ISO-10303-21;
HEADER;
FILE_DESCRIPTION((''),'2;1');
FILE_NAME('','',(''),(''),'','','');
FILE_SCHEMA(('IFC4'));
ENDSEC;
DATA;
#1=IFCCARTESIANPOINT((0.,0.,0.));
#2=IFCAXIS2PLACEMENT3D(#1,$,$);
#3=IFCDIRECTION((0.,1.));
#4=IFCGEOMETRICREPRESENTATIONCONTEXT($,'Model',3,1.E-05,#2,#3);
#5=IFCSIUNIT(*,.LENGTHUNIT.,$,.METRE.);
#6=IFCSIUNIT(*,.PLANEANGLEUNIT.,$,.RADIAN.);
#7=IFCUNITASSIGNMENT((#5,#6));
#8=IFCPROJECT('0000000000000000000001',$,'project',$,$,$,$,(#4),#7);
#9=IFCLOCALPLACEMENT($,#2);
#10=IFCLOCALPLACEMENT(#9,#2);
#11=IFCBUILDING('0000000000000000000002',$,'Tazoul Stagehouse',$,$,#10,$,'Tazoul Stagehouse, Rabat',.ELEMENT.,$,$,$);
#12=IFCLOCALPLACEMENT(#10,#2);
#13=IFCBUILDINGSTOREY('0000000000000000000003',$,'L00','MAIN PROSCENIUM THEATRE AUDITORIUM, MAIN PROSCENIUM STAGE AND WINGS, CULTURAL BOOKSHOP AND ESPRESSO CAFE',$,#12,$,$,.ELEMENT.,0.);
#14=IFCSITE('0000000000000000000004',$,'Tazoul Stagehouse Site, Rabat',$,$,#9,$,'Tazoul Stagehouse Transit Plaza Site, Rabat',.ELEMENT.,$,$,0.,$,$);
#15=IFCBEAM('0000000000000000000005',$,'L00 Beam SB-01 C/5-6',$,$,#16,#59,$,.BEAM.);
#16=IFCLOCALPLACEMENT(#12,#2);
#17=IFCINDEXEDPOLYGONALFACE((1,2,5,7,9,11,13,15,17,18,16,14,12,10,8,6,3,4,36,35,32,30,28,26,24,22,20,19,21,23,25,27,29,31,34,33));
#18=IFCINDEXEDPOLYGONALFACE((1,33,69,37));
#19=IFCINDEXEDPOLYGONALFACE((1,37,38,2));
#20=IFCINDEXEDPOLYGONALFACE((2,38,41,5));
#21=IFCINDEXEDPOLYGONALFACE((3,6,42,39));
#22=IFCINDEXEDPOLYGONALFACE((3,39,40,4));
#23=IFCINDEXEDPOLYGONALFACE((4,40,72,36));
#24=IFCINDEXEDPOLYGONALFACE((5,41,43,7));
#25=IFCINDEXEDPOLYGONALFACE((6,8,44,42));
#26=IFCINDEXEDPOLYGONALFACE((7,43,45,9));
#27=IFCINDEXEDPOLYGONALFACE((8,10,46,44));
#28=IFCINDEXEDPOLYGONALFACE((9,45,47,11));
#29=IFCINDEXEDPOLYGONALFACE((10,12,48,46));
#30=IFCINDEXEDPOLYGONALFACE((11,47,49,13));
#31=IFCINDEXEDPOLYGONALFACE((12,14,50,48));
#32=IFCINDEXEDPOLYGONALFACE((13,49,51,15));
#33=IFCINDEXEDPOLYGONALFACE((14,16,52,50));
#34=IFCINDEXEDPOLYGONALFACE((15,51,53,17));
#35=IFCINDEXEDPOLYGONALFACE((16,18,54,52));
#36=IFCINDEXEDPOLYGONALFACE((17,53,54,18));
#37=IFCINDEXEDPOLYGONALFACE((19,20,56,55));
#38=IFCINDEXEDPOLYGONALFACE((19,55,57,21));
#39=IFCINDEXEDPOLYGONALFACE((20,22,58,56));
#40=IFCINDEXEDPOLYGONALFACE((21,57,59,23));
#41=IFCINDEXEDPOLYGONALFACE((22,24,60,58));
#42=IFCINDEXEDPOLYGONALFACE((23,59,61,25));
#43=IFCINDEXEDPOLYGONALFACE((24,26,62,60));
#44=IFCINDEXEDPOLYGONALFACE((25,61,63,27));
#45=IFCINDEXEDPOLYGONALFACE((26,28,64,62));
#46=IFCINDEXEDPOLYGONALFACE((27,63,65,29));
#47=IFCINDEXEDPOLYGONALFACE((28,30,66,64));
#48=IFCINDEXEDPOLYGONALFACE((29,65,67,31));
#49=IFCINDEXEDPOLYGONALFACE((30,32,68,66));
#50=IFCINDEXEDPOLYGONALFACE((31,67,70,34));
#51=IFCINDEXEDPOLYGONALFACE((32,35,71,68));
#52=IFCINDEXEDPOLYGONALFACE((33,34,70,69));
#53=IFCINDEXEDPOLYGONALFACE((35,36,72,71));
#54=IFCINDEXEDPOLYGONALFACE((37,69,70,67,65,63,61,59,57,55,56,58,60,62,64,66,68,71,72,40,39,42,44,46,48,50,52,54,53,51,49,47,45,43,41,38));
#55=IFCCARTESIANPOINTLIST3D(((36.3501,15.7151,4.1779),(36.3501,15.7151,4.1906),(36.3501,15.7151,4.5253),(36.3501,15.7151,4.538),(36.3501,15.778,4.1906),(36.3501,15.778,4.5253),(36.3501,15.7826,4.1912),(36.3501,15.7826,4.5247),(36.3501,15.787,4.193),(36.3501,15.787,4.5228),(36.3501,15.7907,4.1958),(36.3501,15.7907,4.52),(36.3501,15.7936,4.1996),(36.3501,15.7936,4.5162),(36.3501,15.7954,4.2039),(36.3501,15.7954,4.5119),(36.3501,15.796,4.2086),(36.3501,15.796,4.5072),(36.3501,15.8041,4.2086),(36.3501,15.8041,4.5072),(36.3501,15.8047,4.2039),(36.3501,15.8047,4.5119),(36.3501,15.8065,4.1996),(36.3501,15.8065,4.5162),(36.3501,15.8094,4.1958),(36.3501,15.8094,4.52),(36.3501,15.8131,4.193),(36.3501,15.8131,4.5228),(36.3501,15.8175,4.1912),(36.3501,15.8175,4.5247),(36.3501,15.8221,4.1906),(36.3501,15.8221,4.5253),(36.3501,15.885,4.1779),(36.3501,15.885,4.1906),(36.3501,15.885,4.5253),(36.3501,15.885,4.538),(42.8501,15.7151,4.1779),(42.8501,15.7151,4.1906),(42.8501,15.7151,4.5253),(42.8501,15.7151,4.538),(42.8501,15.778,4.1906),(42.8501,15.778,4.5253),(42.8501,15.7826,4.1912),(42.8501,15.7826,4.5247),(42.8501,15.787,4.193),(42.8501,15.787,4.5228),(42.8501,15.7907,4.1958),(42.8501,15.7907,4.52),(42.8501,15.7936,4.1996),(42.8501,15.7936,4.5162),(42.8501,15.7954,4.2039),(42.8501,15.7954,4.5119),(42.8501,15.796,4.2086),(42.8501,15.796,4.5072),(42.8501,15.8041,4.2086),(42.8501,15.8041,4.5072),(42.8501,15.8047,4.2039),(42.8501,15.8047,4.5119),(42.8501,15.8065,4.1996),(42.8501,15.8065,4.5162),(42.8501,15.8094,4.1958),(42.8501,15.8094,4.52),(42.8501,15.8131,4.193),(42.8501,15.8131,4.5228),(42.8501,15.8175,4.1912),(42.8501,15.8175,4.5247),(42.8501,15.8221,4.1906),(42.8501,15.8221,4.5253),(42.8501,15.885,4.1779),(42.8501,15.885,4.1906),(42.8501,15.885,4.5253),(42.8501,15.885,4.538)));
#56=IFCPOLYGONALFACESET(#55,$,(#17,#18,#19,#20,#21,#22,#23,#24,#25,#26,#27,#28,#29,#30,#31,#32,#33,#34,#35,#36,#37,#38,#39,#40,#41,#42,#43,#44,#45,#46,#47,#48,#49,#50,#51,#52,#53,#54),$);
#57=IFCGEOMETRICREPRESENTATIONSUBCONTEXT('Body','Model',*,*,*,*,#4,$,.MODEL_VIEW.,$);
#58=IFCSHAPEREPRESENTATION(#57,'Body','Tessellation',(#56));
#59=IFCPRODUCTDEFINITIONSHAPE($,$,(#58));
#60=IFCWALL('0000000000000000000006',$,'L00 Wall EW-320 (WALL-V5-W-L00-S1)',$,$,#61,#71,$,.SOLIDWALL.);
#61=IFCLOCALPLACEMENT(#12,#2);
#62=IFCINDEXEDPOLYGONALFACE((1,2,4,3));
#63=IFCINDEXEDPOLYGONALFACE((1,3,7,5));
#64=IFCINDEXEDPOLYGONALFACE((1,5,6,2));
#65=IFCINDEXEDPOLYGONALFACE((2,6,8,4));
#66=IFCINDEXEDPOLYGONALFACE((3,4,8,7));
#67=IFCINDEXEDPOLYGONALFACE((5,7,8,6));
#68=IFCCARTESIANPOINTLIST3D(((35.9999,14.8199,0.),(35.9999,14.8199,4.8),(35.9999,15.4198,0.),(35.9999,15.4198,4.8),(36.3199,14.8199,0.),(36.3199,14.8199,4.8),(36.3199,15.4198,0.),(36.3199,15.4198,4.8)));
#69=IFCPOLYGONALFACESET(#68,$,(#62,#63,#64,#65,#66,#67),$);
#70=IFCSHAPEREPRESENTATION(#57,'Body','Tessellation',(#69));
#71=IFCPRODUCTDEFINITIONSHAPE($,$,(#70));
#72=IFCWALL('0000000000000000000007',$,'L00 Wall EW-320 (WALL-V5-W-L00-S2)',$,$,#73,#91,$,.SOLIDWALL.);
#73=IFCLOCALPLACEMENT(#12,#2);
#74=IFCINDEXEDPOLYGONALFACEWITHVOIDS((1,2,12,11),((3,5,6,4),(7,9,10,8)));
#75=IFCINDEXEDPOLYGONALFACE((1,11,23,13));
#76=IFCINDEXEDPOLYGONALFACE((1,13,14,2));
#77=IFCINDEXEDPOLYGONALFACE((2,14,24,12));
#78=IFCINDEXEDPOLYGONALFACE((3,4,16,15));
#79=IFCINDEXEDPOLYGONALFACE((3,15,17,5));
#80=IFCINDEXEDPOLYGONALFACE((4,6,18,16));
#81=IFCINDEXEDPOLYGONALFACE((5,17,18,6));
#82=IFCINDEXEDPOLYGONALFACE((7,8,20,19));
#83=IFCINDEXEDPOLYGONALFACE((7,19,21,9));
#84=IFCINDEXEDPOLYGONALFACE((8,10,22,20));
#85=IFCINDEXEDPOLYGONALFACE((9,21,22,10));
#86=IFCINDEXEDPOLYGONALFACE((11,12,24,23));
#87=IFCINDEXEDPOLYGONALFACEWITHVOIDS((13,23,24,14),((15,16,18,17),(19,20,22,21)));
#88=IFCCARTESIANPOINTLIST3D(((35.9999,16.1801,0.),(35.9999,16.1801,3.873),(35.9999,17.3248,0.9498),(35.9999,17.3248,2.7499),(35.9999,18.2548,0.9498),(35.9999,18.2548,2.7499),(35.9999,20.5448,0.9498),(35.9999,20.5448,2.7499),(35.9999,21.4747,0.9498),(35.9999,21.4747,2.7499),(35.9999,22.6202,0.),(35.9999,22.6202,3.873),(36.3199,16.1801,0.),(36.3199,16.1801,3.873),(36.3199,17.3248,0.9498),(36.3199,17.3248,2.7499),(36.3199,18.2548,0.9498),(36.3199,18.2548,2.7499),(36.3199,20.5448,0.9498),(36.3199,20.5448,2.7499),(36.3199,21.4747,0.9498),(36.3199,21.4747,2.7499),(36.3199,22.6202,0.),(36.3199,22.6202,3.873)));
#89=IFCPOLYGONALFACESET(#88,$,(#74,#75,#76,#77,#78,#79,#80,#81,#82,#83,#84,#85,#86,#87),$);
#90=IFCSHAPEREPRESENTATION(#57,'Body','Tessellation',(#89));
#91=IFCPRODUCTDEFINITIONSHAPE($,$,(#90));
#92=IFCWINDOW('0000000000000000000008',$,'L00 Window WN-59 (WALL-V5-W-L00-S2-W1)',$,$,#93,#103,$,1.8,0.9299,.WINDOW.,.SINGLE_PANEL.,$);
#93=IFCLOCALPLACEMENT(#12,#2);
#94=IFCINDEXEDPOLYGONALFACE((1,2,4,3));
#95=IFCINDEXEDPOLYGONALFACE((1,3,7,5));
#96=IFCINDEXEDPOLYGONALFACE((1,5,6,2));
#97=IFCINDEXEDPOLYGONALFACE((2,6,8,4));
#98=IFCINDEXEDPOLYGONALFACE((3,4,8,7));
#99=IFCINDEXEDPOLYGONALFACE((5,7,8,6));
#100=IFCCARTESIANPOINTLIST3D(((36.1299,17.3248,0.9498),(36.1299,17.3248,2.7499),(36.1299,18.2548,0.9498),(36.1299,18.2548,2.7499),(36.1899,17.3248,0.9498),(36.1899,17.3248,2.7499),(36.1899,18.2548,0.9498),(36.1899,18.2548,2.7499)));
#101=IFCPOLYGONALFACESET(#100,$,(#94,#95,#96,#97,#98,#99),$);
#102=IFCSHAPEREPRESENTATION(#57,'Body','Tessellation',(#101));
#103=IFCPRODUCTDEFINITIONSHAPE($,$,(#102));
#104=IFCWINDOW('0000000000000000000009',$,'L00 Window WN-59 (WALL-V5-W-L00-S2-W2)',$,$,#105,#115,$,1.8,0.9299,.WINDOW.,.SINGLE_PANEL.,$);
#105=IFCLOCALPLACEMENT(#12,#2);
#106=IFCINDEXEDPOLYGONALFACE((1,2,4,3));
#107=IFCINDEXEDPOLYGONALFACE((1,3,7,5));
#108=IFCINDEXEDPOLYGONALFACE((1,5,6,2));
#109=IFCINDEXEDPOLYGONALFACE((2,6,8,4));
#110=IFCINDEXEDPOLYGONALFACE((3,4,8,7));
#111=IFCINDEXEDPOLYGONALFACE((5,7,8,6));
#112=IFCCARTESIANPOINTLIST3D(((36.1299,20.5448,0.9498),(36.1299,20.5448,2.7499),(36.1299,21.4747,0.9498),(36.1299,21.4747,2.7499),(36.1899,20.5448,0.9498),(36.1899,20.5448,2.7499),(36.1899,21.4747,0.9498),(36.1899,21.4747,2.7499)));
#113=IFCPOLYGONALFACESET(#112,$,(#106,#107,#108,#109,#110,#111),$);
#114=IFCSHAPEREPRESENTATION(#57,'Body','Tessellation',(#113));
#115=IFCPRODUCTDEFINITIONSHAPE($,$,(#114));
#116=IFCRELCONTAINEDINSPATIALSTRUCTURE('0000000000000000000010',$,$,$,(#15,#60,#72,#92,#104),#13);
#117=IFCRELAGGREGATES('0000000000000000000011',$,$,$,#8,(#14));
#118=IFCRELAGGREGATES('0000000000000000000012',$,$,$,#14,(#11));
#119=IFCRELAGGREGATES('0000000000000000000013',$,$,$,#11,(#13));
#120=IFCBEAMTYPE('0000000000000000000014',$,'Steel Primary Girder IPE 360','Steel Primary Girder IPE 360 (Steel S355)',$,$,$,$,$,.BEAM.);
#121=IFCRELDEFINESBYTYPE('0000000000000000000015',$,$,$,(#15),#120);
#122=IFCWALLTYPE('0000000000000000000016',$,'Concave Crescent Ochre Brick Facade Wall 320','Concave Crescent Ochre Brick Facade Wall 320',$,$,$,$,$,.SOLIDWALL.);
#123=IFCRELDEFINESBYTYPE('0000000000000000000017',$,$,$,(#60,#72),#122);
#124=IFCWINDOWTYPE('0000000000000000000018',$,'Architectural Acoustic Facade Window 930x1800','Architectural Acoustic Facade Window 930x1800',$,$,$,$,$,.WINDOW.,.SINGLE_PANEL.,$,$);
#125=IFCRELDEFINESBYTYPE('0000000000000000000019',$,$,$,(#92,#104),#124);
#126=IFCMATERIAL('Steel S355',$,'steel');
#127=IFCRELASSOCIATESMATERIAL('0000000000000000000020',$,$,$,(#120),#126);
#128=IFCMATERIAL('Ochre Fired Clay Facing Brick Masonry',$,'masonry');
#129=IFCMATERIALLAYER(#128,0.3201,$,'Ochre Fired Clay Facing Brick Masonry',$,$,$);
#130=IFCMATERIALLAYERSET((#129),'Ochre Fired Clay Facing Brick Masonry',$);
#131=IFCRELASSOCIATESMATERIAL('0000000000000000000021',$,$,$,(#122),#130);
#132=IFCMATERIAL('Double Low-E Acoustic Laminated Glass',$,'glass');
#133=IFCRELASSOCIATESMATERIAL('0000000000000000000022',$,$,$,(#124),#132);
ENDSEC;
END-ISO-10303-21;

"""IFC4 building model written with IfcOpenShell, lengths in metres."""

from ifc_helpers import new_model, si_unit, direction, frame, frame_2d, origin, origin_2d, place, context, subcontext, project, spatial, rectangle, i_section, extrude, material, layer, layer_set, material_profile, profile_set, type_object, element, fill, save


model = new_model("IFC4")

# Units and contexts
model_context = context("Model", 3, precision=1e-05, world=origin(), true_north=direction((0.0, 1.0)))
body_context = subcontext(model_context, "Body", "Model", "MODEL_VIEW")
ifc_project = project(units=[si_unit("LENGTHUNIT", "METRE"), si_unit("PLANEANGLEUNIT", "RADIAN")], contexts=[model_context])

# Site, building, storey
site_placement = place(None, origin())
site = spatial("IfcSite", under=ifc_project, at=site_placement, Name="Tazoul Stagehouse Site, Rabat", LongName="Tazoul Stagehouse Transit Plaza Site, Rabat", CompositionType="ELEMENT", RefElevation=0.0)
building_placement = place(site_placement, origin())
building = spatial("IfcBuilding", under=site, at=building_placement, Name="Tazoul Stagehouse", LongName="Tazoul Stagehouse, Rabat", CompositionType="ELEMENT")
storey_placement = place(building_placement, origin())
storey = spatial("IfcBuildingStorey", under=building, at=storey_placement, Name="L00", Description="MAIN PROSCENIUM THEATRE AUDITORIUM, MAIN PROSCENIUM STAGE AND WINGS, CULTURAL BOOKSHOP AND ESPRESSO CAFE", CompositionType="ELEMENT", Elevation=0.0)

# Beam
ifc_material_1 = material(Name="Steel S355", Category="steel")
ifc_material_profile_1 = material_profile(ifc_material_1, i_section(OverallWidth=0.1699, OverallDepth=0.3601, WebThickness=0.0081, FlangeThickness=0.0127, FilletRadius=0.0181, at=origin_2d()), Name="IPE 360")
ifc_profile_set_1 = profile_set([ifc_material_profile_1], Name="Steel S355")
beam_type_1 = type_object("IfcBeamType", Name="Steel Primary Girder IPE 360", Description="Steel Primary Girder IPE 360 (Steel S355)", PredefinedType="BEAM", material=ifc_profile_set_1)
beam_1_placement = place(storey_placement, frame((36.3501, 15.8, 4.3579), z_axis=(1.0, 0.0, 0.0), x_axis=(0.0, 1.0, 0.0)))
element("IfcBeam", 1, at=beam_1_placement, inside=storey, type_object=beam_type_1, Name="L00 Beam SB-01 C/5-6", PredefinedType="BEAM", context=body_context, shape_type="SweptSolid", body=[
    extrude(i_section(OverallWidth=0.1699, OverallDepth=0.3601, WebThickness=0.0081, FlangeThickness=0.0127, FilletRadius=0.0181, at=origin_2d()), origin(), (0.0, 0.0, 1.0), 6.5),
])

# Wall
ifc_material_2 = material(Name="Ochre Fired Clay Facing Brick Masonry", Category="masonry")
ifc_layer = layer(ifc_material_2, 0.3201, Name="Ochre Fired Clay Facing Brick Masonry")
ifc_layer_set = layer_set([ifc_layer], Name="Ochre Fired Clay Facing Brick Masonry")
wall_type = type_object("IfcWallType", Name="Concave Crescent Ochre Brick Facade Wall 320", Description="Concave Crescent Ochre Brick Facade Wall 320", PredefinedType="SOLIDWALL", material=ifc_layer_set)
wall_1_placement = place(storey_placement, frame((36.1599, 14.8201, 0.0), z_axis=(0.0, 0.0, 1.0), x_axis=(0.0, 1.0, 0.0)))
element("IfcWall", 2, at=wall_1_placement, inside=storey, type_object=wall_type, Name="L00 Wall EW-320 (WALL-V5-W-L00-S1)", PredefinedType="SOLIDWALL", context=body_context, shape_type="SweptSolid", body=[
    extrude(rectangle(XDim=0.5999, YDim=0.3201, at=frame_2d((0.2998, 0.0))), origin(), (0.0, 0.0, 1.0), 4.8),
])

# Wall, openings, windows
wall_2_placement = place(storey_placement, frame((36.1599, 16.1799, 0.0), z_axis=(0.0, 0.0, 1.0), x_axis=(0.0, 1.0, 0.0)))
wall_2 = element("IfcWall", 3, at=wall_2_placement, inside=storey, type_object=wall_type, Name="L00 Wall EW-320 (WALL-V5-W-L00-S2)", PredefinedType="SOLIDWALL", context=body_context, shape_type="SweptSolid", body=[
    extrude(rectangle(XDim=6.4402, YDim=0.3201, at=frame_2d((3.2202, 0.0))), origin(), (0.0, 0.0, 1.0), 3.873),
])
opening_1_placement = place(wall_2_placement, frame((1.145, 0.0, 0.95)))
opening_1 = element("IfcOpeningElement", 4, at=opening_1_placement, cuts=wall_2, PredefinedType="OPENING", context=body_context, shape_type="SweptSolid", body=[
    extrude(rectangle(XDim=0.9299, YDim=1.8, at=frame_2d((0.4648, 0.8999))), frame((0.0, 0.1799, 0.0), z_axis=(0.0, -1.0, 0.0), x_axis=(1.0, 0.0, 0.0)), (0.0, 0.0, 1.0), 0.3601),
])
opening_2_placement = place(wall_2_placement, frame((4.365, 0.0, 0.95)))
opening_2 = element("IfcOpeningElement", 5, at=opening_2_placement, cuts=wall_2, PredefinedType="OPENING", context=body_context, shape_type="SweptSolid", body=[
    extrude(rectangle(XDim=0.9299, YDim=1.8, at=frame_2d((0.4648, 0.8999))), frame((0.0, 0.1799, 0.0), z_axis=(0.0, -1.0, 0.0), x_axis=(1.0, 0.0, 0.0)), (0.0, 0.0, 1.0), 0.3601),
])
ifc_material_3 = material(Name="Double Low-E Acoustic Laminated Glass", Category="glass")
window_type = type_object("IfcWindowType", Name="Architectural Acoustic Facade Window 930x1800", Description="Architectural Acoustic Facade Window 930x1800", PartitioningType="SINGLE_PANEL", PredefinedType="WINDOW", material=ifc_material_3)
window_1_placement = place(opening_1_placement, origin())
window_1 = element("IfcWindow", 6, at=window_1_placement, inside=storey, type_object=window_type, Name="L00 Window WN-59 (WALL-V5-W-L00-S2-W1)", OverallHeight=1.8, OverallWidth=0.9299, PartitioningType="SINGLE_PANEL", PredefinedType="WINDOW", context=body_context, shape_type="SweptSolid", body=[
    extrude(rectangle(XDim=0.9299, YDim=1.8, at=frame_2d((0.4648, 0.8999))), frame((0.0, 0.03, 0.0), z_axis=(0.0, -1.0, 0.0), x_axis=(1.0, 0.0, 0.0)), (0.0, 0.0, 1.0), 0.0601),
])
fill(opening_1, window_1)
window_2_placement = place(opening_2_placement, origin())
window_2 = element("IfcWindow", 7, at=window_2_placement, inside=storey, type_object=window_type, Name="L00 Window WN-59 (WALL-V5-W-L00-S2-W2)", OverallHeight=1.8, OverallWidth=0.9299, PartitioningType="SINGLE_PANEL", PredefinedType="WINDOW", context=body_context, shape_type="SweptSolid", body=[
    extrude(rectangle(XDim=0.9299, YDim=1.8, at=frame_2d((0.4648, 0.8999))), frame((0.0, 0.03, 0.0), z_axis=(0.0, -1.0, 0.0), x_axis=(1.0, 0.0, 0.0)), (0.0, 0.0, 1.0), 0.0601),
])
fill(opening_2, window_2)

save(model, "model.ifc")
